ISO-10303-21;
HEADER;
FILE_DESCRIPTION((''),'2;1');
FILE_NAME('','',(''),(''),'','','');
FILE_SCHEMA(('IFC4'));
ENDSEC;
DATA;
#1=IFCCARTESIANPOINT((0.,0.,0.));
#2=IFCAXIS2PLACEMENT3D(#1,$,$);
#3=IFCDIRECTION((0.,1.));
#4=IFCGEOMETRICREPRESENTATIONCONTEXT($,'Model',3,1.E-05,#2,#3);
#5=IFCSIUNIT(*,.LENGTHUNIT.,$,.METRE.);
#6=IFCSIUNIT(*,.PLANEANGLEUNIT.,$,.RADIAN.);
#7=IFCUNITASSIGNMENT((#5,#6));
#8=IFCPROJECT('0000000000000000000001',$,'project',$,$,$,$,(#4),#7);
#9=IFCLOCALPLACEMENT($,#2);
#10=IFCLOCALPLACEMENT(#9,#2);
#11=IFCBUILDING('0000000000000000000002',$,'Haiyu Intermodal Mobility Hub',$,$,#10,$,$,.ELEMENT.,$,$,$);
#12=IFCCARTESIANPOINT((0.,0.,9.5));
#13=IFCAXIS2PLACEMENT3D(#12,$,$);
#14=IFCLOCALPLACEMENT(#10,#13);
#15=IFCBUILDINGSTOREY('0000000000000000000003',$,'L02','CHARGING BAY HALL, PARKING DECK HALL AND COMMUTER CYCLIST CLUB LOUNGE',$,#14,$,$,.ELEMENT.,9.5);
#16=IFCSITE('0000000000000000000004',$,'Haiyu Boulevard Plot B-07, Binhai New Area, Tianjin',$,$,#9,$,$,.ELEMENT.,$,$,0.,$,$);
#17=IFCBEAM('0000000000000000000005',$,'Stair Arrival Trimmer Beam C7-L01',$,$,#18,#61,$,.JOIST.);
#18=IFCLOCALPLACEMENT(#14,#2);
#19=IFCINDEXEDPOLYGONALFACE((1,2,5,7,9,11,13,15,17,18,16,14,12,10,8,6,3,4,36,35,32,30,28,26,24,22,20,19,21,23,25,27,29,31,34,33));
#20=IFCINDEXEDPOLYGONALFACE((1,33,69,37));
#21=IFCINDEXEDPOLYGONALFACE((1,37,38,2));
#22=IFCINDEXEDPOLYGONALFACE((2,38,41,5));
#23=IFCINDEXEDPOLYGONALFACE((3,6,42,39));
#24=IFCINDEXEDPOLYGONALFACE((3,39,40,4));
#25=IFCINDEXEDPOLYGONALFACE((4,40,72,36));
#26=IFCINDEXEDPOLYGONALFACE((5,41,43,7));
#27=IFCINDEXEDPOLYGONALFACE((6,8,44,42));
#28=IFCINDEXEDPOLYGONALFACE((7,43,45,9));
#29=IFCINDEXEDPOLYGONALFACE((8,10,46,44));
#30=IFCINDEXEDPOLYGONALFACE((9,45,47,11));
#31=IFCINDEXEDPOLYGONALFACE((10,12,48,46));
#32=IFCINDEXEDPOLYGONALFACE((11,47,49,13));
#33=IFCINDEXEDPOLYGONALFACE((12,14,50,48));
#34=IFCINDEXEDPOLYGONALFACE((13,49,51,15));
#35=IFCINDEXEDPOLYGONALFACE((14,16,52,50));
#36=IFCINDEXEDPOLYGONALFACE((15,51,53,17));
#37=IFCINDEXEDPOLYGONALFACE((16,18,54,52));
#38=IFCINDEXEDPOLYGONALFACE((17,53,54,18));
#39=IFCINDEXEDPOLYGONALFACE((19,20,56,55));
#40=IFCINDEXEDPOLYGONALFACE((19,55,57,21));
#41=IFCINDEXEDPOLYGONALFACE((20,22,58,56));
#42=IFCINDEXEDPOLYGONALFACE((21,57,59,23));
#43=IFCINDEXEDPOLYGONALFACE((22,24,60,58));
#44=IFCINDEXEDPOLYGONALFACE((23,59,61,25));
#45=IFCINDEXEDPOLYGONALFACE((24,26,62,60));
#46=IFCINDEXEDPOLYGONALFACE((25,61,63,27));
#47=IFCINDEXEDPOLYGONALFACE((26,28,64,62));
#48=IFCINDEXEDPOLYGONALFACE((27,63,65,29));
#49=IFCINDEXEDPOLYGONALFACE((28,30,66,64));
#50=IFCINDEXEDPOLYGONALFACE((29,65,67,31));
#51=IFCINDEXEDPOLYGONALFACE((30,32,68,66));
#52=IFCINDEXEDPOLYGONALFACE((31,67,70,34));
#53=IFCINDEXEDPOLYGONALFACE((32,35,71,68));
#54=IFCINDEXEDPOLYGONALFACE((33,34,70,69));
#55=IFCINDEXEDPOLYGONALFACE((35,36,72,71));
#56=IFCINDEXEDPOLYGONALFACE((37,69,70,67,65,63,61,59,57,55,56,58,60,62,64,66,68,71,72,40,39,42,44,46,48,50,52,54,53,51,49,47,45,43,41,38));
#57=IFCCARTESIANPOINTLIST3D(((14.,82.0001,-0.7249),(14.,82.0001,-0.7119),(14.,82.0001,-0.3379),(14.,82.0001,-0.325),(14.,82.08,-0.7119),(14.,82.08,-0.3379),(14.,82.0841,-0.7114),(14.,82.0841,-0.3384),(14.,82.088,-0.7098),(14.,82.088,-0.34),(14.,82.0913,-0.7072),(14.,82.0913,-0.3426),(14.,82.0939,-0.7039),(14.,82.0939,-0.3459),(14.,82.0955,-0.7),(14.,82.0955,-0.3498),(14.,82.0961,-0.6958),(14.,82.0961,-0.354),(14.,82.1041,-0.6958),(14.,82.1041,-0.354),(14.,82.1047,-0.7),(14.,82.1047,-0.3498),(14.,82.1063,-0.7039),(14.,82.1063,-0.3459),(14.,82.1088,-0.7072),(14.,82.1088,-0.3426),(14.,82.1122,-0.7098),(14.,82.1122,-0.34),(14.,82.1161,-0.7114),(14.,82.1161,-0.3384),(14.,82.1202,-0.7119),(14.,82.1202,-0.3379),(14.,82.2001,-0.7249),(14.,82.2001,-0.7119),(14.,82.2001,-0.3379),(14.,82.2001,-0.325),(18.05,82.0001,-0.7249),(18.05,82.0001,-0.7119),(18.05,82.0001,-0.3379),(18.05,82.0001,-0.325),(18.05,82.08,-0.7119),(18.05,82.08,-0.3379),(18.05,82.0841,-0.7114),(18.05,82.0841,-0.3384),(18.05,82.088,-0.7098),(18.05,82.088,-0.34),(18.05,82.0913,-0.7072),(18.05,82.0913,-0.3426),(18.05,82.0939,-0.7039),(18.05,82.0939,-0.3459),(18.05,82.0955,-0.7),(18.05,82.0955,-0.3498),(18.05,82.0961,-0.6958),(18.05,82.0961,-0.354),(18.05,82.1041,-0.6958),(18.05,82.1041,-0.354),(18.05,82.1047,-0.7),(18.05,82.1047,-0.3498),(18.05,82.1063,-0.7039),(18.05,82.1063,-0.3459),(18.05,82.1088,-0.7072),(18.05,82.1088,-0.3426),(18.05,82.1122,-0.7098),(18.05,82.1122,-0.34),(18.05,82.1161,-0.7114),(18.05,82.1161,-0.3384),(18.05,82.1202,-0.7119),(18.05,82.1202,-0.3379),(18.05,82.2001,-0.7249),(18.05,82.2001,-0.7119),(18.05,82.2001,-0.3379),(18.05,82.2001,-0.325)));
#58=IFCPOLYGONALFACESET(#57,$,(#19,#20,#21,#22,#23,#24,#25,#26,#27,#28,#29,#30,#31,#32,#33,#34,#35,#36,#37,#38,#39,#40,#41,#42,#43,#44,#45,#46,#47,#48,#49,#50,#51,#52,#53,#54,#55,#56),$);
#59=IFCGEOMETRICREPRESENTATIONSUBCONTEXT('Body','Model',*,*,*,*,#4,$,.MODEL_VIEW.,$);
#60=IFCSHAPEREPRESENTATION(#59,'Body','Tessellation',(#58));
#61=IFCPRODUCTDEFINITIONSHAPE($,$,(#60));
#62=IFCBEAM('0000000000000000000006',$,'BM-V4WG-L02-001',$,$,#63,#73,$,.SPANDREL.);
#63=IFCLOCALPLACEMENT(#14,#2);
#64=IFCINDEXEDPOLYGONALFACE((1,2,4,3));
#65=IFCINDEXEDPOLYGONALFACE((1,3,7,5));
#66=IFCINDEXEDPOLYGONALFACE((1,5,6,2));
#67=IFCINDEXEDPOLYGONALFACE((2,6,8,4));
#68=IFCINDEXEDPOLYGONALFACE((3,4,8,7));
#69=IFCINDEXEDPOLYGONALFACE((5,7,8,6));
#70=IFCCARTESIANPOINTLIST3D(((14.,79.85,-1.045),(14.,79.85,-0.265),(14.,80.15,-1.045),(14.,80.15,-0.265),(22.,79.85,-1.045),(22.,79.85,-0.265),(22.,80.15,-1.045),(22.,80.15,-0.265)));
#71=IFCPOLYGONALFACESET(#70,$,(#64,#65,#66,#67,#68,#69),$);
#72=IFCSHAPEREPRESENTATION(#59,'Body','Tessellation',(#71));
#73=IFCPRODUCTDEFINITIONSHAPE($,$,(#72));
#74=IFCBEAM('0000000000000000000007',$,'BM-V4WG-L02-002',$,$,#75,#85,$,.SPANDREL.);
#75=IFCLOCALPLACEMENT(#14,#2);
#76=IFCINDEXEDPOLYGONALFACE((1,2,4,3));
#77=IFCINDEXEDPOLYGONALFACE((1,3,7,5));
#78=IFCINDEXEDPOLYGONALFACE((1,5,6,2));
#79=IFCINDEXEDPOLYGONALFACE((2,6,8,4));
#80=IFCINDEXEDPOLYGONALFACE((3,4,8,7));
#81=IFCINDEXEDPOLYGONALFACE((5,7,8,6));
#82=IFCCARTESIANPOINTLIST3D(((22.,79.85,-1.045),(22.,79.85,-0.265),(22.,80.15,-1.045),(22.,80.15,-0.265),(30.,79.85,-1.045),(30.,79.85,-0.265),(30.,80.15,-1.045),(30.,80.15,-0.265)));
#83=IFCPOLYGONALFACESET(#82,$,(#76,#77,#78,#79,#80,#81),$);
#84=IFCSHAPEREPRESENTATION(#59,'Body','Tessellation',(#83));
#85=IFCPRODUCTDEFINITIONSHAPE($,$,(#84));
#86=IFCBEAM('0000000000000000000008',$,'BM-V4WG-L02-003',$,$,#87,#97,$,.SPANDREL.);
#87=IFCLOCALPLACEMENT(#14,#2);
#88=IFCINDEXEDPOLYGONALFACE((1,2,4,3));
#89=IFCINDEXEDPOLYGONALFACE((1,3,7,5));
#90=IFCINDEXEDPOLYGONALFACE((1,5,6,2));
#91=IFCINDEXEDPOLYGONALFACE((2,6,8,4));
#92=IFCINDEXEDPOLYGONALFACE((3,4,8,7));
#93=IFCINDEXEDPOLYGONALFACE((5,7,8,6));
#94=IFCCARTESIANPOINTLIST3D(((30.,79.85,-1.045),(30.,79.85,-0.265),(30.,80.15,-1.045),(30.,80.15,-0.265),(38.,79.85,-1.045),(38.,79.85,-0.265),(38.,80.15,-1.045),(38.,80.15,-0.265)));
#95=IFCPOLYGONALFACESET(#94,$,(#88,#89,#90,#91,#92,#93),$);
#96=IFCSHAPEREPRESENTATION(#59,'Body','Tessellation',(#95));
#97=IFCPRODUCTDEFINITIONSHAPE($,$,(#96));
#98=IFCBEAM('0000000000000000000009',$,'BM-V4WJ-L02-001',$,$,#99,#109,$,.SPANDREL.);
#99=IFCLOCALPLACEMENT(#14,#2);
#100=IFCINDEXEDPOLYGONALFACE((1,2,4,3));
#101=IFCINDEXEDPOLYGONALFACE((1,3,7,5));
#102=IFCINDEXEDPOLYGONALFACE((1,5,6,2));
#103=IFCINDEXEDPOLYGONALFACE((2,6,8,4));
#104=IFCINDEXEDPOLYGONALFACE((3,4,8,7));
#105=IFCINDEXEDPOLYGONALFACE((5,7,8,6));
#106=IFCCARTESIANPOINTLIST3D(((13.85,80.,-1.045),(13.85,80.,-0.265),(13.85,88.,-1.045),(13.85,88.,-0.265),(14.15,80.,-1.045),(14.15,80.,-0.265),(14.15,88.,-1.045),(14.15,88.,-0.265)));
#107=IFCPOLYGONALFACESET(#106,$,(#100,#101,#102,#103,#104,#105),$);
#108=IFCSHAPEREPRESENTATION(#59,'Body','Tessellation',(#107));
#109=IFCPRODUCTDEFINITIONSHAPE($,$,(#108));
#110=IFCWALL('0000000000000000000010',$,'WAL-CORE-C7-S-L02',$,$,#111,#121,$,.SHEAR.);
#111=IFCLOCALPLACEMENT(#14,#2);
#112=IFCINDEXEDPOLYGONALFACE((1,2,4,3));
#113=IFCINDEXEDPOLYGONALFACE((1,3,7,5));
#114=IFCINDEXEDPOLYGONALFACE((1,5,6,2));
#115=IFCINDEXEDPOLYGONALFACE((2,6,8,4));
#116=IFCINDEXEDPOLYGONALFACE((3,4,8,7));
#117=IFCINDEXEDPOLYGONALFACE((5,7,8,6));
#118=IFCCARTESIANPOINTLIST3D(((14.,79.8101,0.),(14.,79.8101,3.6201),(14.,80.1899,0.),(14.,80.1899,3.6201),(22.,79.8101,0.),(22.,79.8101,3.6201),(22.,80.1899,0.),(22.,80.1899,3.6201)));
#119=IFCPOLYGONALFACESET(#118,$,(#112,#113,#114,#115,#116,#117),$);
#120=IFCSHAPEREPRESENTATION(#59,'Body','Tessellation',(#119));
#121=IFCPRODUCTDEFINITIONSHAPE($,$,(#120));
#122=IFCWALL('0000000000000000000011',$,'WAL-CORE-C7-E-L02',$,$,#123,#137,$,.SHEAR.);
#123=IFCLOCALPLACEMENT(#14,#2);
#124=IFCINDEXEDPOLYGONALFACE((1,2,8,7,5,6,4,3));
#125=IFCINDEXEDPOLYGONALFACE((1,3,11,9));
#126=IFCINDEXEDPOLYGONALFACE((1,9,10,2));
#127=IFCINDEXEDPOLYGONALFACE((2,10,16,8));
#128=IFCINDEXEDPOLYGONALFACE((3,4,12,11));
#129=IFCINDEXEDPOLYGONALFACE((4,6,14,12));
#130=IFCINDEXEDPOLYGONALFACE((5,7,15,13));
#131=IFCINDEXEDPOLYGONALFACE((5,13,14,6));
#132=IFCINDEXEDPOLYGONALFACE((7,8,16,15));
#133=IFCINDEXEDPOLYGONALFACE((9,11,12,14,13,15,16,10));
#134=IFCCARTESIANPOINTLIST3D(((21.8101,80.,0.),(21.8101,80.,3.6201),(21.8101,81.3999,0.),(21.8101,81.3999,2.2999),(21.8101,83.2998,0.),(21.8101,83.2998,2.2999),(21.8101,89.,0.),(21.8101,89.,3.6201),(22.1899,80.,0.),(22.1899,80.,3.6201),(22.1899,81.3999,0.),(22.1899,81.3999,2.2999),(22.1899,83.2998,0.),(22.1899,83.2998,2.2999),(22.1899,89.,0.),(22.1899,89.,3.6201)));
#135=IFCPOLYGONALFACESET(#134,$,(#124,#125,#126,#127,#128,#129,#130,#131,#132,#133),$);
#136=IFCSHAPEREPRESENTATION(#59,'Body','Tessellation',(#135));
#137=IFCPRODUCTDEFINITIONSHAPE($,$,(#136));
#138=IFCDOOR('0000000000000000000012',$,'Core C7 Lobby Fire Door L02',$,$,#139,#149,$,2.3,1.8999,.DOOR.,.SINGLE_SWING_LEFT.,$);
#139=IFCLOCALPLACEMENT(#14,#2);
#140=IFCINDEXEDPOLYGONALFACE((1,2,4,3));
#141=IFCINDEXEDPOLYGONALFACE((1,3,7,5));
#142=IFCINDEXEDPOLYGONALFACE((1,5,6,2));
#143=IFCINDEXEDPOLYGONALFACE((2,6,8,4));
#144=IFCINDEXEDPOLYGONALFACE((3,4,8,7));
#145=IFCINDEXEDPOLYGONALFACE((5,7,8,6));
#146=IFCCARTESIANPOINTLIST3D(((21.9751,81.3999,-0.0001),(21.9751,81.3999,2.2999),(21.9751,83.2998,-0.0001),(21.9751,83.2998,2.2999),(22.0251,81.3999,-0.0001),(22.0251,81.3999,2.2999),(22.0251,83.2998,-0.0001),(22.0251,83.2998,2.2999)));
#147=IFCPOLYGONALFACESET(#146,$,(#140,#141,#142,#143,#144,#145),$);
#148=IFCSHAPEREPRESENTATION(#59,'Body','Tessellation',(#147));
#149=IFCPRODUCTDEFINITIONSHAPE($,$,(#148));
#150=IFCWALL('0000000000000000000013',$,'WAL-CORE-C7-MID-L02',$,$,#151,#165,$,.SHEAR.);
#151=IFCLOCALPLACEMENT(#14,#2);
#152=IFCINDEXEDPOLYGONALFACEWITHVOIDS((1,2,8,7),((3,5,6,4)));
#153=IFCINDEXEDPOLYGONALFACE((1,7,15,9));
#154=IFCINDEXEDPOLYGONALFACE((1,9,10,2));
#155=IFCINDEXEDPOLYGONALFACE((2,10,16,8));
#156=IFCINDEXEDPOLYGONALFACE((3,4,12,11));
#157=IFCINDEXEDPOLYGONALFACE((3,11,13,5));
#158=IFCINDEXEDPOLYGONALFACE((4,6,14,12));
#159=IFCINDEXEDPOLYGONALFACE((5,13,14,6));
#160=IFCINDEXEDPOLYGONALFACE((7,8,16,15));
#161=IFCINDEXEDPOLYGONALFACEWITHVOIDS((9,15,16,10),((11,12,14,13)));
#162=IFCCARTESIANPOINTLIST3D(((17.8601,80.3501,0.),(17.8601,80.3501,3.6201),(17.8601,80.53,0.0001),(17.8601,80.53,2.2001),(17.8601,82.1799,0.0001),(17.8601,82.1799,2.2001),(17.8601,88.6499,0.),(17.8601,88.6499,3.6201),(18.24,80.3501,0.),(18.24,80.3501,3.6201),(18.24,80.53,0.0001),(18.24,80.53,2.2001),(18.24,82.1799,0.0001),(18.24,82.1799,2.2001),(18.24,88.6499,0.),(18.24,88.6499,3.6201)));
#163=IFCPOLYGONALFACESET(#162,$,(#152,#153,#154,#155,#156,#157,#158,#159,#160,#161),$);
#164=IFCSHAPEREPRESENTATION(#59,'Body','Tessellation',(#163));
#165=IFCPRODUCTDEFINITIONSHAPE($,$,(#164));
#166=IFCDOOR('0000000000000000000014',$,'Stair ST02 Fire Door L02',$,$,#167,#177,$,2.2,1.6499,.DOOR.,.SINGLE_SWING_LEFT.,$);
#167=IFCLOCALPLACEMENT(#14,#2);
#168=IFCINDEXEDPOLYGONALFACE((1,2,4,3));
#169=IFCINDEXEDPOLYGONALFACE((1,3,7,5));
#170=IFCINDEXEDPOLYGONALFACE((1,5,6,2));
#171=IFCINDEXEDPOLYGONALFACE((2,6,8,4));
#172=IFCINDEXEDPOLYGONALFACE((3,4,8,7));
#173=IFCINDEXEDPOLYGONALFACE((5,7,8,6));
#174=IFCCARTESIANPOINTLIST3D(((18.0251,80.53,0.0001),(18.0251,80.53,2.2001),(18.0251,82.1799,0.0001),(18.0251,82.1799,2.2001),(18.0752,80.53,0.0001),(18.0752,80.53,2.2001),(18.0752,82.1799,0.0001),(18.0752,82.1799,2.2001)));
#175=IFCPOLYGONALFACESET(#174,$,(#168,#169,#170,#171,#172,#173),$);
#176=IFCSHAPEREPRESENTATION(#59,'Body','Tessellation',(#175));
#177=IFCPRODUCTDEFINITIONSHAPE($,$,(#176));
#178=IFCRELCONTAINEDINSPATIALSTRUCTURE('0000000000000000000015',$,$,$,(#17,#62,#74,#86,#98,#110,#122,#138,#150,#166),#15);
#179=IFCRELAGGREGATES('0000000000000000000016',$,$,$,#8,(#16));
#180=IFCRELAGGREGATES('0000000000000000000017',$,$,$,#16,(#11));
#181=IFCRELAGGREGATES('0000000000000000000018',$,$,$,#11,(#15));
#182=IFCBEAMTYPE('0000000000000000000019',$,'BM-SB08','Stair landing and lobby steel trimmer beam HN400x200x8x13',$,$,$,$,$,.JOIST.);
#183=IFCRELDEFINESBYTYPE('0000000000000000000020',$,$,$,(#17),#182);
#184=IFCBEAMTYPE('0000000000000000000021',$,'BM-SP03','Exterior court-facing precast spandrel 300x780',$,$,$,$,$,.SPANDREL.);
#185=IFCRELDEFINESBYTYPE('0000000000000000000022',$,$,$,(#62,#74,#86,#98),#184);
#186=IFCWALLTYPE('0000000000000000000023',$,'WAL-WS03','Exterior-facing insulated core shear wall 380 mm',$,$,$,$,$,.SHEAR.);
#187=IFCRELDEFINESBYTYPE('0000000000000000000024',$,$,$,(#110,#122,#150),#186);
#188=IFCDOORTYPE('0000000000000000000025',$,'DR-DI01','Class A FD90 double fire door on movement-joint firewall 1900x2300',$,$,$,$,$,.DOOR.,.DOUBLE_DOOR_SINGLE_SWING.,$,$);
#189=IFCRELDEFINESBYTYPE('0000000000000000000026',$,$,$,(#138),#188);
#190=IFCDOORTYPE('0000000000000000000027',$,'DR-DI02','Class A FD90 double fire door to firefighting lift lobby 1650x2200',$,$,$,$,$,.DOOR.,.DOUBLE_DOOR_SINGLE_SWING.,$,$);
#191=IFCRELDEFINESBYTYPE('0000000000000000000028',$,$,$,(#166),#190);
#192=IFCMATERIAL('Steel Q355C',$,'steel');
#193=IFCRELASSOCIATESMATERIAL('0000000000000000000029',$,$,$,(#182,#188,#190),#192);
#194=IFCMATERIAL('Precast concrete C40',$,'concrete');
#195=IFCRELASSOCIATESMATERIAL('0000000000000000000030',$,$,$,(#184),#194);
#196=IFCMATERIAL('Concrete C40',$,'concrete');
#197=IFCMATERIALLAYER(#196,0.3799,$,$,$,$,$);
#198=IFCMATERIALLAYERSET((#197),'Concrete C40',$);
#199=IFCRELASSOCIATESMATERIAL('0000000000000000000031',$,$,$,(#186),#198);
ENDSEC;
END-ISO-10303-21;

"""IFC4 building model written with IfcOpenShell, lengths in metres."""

from ifc_helpers import new_model, si_unit, direction, frame, frame_2d, origin, origin_2d, place, context, subcontext, project, spatial, rectangle, i_section, extrude, material, layer, layer_set, material_profile, profile_set, type_object, element, fill, save


model = new_model("IFC4")

# Units and contexts
model_context = context("Model", 3, precision=1e-05, world=origin(), true_north=direction((0.0, 1.0)))
body_context = subcontext(model_context, "Body", "Model", "MODEL_VIEW")
ifc_project = project(units=[si_unit("LENGTHUNIT", "METRE"), si_unit("PLANEANGLEUNIT", "RADIAN")], contexts=[model_context])

# Site, building, storey
site_placement = place(None, origin())
site = spatial("IfcSite", under=ifc_project, at=site_placement, Name="Haiyu Boulevard Plot B-07, Binhai New Area, Tianjin", CompositionType="ELEMENT", RefElevation=0.0)
building_placement = place(site_placement, origin())
building = spatial("IfcBuilding", under=site, at=building_placement, Name="Haiyu Intermodal Mobility Hub", CompositionType="ELEMENT")
storey_placement = place(building_placement, frame((0.0, 0.0, 9.5)))
storey = spatial("IfcBuildingStorey", under=building, at=storey_placement, Name="L02", Description="CHARGING BAY HALL, PARKING DECK HALL AND COMMUTER CYCLIST CLUB LOUNGE", CompositionType="ELEMENT", Elevation=9.5)

# Shared definitions
ifc_material_1 = material(Name="Precast concrete C40", Category="concrete")
ifc_material_2 = material(Name="Concrete C40", Category="concrete")

# Beams
ifc_material_3 = material(Name="Steel Q355C", Category="steel")
ifc_material_profile_1 = material_profile(ifc_material_3, i_section(OverallWidth=0.2, OverallDepth=0.3999, WebThickness=0.0081, FlangeThickness=0.0129, FilletRadius=0.0161, at=origin_2d()), Name="HN400x200x8x13")
ifc_profile_set_1 = profile_set([ifc_material_profile_1], Name="Steel Q355C")
beam_type_1 = type_object("IfcBeamType", Name="BM-SB08", Description="Stair landing and lobby steel trimmer beam HN400x200x8x13", PredefinedType="JOIST", material=ifc_profile_set_1)
beam_placement = place(storey_placement, frame((14.0, 82.1001, -0.5249), z_axis=(1.0, 0.0, 0.0), x_axis=(0.0, 1.0, 0.0)))
element("IfcBeam", 1, at=beam_placement, inside=storey, type_object=beam_type_1, Name="Stair Arrival Trimmer Beam C7-L01", PredefinedType="JOIST", context=body_context, shape_type="SweptSolid", body=[
    extrude(i_section(OverallWidth=0.2, OverallDepth=0.3999, WebThickness=0.0081, FlangeThickness=0.0129, FilletRadius=0.0161, at=origin_2d()), origin(), (0.0, 0.0, 1.0), 4.05),
])
ifc_material_profile_2 = material_profile(ifc_material_1, rectangle(XDim=0.3, YDim=0.78, at=origin_2d()), Name="PC300x780")
ifc_profile_set_2 = profile_set([ifc_material_profile_2], Name="Precast concrete C40")
beam_type_2 = type_object("IfcBeamType", Name="BM-SP03", Description="Exterior court-facing precast spandrel 300x780", PredefinedType="SPANDREL", material=ifc_profile_set_2)
for number, where, z_axis, x_axis, name in (
    (2, (14.0, 80.0, -0.655), (1.0, 0.0, 0.0), (0.0, 1.0, 0.0), "BM-V4WG-L02-001"),
    (3, (22.0, 80.0, -0.655), (1.0, 0.0, 0.0), (0.0, 1.0, 0.0), "BM-V4WG-L02-002"),
    (4, (30.0, 80.0, -0.655), (1.0, 0.0, 0.0), (0.0, 1.0, 0.0), "BM-V4WG-L02-003"),
    (5, (14.0, 80.0, -0.655), (0.0, 1.0, 0.0), (-1.0, 0.0, 0.0), "BM-V4WJ-L02-001"),
):
    element("IfcBeam", number, at=place(storey_placement, frame(where, z_axis=z_axis, x_axis=x_axis)), inside=storey, type_object=beam_type_2, Name=name, PredefinedType="SPANDREL", context=body_context, shape_type="SweptSolid", body=[
        extrude(rectangle(XDim=0.3, YDim=0.78, at=origin_2d()), origin(), (0.0, 0.0, 1.0), 8.0),
    ])

# Wall
ifc_layer = layer(ifc_material_2, 0.3799)
ifc_layer_set = layer_set([ifc_layer], Name="Concrete C40")
wall_type = type_object("IfcWallType", Name="WAL-WS03", Description="Exterior-facing insulated core shear wall 380 mm", PredefinedType="SHEAR", material=ifc_layer_set)
wall_1_placement = place(storey_placement, frame((14.0, 80.0, 0.0), z_axis=(0.0, 0.0, 1.0), x_axis=(1.0, 0.0, 0.0)))
element("IfcWall", 6, at=wall_1_placement, inside=storey, type_object=wall_type, Name="WAL-CORE-C7-S-L02", PredefinedType="SHEAR", context=body_context, shape_type="SweptSolid", body=[
    extrude(rectangle(XDim=8.0, YDim=0.3799, at=frame_2d((4.0, 0.0))), origin(), (0.0, 0.0, 1.0), 3.6201),
])

# Walls, openings, doors
wall_2_placement = place(storey_placement, frame((22.0, 80.0, 0.0), z_axis=(0.0, 0.0, 1.0), x_axis=(0.0, 1.0, 0.0)))
wall_2 = element("IfcWall", 7, at=wall_2_placement, inside=storey, type_object=wall_type, Name="WAL-CORE-C7-E-L02", PredefinedType="SHEAR", context=body_context, shape_type="SweptSolid", body=[
    extrude(rectangle(XDim=9.0, YDim=0.3799, at=frame_2d((4.5, 0.0))), origin(), (0.0, 0.0, 1.0), 3.6201),
])
opening_1_placement = place(wall_2_placement, frame((1.3999, 0.0, 0.0)))
opening_1 = element("IfcOpeningElement", 8, at=opening_1_placement, cuts=wall_2, PredefinedType="OPENING", context=body_context, shape_type="SweptSolid", body=[
    extrude(rectangle(XDim=1.8999, YDim=2.3, at=frame_2d((0.95, 1.1499))), frame((0.0, 0.2, 0.0), z_axis=(0.0, -1.0, 0.0), x_axis=(1.0, 0.0, 0.0)), (0.0, 0.0, 1.0), 0.3999),
])
door_type_1 = type_object("IfcDoorType", Name="DR-DI01", Description="Class A FD90 double fire door on movement-joint firewall 1900x2300", OperationType="DOUBLE_DOOR_SINGLE_SWING", PredefinedType="DOOR", material=ifc_material_3)
door_1_placement = place(opening_1_placement, origin())
door_1 = element("IfcDoor", 9, at=door_1_placement, inside=storey, type_object=door_type_1, Name="Core C7 Lobby Fire Door L02", OperationType="SINGLE_SWING_LEFT", OverallHeight=2.3, OverallWidth=1.8999, PredefinedType="DOOR", context=body_context, shape_type="SweptSolid", body=[
    extrude(rectangle(XDim=1.8999, YDim=2.3, at=frame_2d((0.95, 1.1499))), frame((0.0, 0.0249, 0.0), z_axis=(0.0, -1.0, 0.0), x_axis=(1.0, 0.0, 0.0)), (0.0, 0.0, 1.0), 0.05),
])
fill(opening_1, door_1)
wall_3_placement = place(storey_placement, frame((18.05, 80.3501, 0.0), z_axis=(0.0, 0.0, 1.0), x_axis=(0.0, 1.0, 0.0)))
wall_3 = element("IfcWall", 10, at=wall_3_placement, inside=storey, type_object=wall_type, Name="WAL-CORE-C7-MID-L02", PredefinedType="SHEAR", context=body_context, shape_type="SweptSolid", body=[
    extrude(rectangle(XDim=8.2998, YDim=0.3799, at=frame_2d((4.1499, 0.0))), origin(), (0.0, 0.0, 1.0), 3.6201),
])
opening_2_placement = place(wall_3_placement, frame((0.1799, 0.0, 0.0)))
opening_2 = element("IfcOpeningElement", 11, at=opening_2_placement, cuts=wall_3, PredefinedType="OPENING", context=body_context, shape_type="SweptSolid", body=[
    extrude(rectangle(XDim=1.6499, YDim=2.2, at=frame_2d((0.825, 1.1001))), frame((0.0, 0.2, 0.0), z_axis=(0.0, -1.0, 0.0), x_axis=(1.0, 0.0, 0.0)), (0.0, 0.0, 1.0), 0.3999),
])
door_type_2 = type_object("IfcDoorType", Name="DR-DI02", Description="Class A FD90 double fire door to firefighting lift lobby 1650x2200", OperationType="DOUBLE_DOOR_SINGLE_SWING", PredefinedType="DOOR", material=ifc_material_3)
door_2_placement = place(opening_2_placement, origin())
door_2 = element("IfcDoor", 12, at=door_2_placement, inside=storey, type_object=door_type_2, Name="Stair ST02 Fire Door L02", OperationType="SINGLE_SWING_LEFT", OverallHeight=2.2, OverallWidth=1.6499, PredefinedType="DOOR", context=body_context, shape_type="SweptSolid", body=[
    extrude(rectangle(XDim=1.6499, YDim=2.2, at=frame_2d((0.825, 1.1001))), frame((0.0, 0.0249, 0.0), z_axis=(0.0, -1.0, 0.0), x_axis=(1.0, 0.0, 0.0)), (0.0, 0.0, 1.0), 0.05),
])
fill(opening_2, door_2)

save(model, "model.ifc")
